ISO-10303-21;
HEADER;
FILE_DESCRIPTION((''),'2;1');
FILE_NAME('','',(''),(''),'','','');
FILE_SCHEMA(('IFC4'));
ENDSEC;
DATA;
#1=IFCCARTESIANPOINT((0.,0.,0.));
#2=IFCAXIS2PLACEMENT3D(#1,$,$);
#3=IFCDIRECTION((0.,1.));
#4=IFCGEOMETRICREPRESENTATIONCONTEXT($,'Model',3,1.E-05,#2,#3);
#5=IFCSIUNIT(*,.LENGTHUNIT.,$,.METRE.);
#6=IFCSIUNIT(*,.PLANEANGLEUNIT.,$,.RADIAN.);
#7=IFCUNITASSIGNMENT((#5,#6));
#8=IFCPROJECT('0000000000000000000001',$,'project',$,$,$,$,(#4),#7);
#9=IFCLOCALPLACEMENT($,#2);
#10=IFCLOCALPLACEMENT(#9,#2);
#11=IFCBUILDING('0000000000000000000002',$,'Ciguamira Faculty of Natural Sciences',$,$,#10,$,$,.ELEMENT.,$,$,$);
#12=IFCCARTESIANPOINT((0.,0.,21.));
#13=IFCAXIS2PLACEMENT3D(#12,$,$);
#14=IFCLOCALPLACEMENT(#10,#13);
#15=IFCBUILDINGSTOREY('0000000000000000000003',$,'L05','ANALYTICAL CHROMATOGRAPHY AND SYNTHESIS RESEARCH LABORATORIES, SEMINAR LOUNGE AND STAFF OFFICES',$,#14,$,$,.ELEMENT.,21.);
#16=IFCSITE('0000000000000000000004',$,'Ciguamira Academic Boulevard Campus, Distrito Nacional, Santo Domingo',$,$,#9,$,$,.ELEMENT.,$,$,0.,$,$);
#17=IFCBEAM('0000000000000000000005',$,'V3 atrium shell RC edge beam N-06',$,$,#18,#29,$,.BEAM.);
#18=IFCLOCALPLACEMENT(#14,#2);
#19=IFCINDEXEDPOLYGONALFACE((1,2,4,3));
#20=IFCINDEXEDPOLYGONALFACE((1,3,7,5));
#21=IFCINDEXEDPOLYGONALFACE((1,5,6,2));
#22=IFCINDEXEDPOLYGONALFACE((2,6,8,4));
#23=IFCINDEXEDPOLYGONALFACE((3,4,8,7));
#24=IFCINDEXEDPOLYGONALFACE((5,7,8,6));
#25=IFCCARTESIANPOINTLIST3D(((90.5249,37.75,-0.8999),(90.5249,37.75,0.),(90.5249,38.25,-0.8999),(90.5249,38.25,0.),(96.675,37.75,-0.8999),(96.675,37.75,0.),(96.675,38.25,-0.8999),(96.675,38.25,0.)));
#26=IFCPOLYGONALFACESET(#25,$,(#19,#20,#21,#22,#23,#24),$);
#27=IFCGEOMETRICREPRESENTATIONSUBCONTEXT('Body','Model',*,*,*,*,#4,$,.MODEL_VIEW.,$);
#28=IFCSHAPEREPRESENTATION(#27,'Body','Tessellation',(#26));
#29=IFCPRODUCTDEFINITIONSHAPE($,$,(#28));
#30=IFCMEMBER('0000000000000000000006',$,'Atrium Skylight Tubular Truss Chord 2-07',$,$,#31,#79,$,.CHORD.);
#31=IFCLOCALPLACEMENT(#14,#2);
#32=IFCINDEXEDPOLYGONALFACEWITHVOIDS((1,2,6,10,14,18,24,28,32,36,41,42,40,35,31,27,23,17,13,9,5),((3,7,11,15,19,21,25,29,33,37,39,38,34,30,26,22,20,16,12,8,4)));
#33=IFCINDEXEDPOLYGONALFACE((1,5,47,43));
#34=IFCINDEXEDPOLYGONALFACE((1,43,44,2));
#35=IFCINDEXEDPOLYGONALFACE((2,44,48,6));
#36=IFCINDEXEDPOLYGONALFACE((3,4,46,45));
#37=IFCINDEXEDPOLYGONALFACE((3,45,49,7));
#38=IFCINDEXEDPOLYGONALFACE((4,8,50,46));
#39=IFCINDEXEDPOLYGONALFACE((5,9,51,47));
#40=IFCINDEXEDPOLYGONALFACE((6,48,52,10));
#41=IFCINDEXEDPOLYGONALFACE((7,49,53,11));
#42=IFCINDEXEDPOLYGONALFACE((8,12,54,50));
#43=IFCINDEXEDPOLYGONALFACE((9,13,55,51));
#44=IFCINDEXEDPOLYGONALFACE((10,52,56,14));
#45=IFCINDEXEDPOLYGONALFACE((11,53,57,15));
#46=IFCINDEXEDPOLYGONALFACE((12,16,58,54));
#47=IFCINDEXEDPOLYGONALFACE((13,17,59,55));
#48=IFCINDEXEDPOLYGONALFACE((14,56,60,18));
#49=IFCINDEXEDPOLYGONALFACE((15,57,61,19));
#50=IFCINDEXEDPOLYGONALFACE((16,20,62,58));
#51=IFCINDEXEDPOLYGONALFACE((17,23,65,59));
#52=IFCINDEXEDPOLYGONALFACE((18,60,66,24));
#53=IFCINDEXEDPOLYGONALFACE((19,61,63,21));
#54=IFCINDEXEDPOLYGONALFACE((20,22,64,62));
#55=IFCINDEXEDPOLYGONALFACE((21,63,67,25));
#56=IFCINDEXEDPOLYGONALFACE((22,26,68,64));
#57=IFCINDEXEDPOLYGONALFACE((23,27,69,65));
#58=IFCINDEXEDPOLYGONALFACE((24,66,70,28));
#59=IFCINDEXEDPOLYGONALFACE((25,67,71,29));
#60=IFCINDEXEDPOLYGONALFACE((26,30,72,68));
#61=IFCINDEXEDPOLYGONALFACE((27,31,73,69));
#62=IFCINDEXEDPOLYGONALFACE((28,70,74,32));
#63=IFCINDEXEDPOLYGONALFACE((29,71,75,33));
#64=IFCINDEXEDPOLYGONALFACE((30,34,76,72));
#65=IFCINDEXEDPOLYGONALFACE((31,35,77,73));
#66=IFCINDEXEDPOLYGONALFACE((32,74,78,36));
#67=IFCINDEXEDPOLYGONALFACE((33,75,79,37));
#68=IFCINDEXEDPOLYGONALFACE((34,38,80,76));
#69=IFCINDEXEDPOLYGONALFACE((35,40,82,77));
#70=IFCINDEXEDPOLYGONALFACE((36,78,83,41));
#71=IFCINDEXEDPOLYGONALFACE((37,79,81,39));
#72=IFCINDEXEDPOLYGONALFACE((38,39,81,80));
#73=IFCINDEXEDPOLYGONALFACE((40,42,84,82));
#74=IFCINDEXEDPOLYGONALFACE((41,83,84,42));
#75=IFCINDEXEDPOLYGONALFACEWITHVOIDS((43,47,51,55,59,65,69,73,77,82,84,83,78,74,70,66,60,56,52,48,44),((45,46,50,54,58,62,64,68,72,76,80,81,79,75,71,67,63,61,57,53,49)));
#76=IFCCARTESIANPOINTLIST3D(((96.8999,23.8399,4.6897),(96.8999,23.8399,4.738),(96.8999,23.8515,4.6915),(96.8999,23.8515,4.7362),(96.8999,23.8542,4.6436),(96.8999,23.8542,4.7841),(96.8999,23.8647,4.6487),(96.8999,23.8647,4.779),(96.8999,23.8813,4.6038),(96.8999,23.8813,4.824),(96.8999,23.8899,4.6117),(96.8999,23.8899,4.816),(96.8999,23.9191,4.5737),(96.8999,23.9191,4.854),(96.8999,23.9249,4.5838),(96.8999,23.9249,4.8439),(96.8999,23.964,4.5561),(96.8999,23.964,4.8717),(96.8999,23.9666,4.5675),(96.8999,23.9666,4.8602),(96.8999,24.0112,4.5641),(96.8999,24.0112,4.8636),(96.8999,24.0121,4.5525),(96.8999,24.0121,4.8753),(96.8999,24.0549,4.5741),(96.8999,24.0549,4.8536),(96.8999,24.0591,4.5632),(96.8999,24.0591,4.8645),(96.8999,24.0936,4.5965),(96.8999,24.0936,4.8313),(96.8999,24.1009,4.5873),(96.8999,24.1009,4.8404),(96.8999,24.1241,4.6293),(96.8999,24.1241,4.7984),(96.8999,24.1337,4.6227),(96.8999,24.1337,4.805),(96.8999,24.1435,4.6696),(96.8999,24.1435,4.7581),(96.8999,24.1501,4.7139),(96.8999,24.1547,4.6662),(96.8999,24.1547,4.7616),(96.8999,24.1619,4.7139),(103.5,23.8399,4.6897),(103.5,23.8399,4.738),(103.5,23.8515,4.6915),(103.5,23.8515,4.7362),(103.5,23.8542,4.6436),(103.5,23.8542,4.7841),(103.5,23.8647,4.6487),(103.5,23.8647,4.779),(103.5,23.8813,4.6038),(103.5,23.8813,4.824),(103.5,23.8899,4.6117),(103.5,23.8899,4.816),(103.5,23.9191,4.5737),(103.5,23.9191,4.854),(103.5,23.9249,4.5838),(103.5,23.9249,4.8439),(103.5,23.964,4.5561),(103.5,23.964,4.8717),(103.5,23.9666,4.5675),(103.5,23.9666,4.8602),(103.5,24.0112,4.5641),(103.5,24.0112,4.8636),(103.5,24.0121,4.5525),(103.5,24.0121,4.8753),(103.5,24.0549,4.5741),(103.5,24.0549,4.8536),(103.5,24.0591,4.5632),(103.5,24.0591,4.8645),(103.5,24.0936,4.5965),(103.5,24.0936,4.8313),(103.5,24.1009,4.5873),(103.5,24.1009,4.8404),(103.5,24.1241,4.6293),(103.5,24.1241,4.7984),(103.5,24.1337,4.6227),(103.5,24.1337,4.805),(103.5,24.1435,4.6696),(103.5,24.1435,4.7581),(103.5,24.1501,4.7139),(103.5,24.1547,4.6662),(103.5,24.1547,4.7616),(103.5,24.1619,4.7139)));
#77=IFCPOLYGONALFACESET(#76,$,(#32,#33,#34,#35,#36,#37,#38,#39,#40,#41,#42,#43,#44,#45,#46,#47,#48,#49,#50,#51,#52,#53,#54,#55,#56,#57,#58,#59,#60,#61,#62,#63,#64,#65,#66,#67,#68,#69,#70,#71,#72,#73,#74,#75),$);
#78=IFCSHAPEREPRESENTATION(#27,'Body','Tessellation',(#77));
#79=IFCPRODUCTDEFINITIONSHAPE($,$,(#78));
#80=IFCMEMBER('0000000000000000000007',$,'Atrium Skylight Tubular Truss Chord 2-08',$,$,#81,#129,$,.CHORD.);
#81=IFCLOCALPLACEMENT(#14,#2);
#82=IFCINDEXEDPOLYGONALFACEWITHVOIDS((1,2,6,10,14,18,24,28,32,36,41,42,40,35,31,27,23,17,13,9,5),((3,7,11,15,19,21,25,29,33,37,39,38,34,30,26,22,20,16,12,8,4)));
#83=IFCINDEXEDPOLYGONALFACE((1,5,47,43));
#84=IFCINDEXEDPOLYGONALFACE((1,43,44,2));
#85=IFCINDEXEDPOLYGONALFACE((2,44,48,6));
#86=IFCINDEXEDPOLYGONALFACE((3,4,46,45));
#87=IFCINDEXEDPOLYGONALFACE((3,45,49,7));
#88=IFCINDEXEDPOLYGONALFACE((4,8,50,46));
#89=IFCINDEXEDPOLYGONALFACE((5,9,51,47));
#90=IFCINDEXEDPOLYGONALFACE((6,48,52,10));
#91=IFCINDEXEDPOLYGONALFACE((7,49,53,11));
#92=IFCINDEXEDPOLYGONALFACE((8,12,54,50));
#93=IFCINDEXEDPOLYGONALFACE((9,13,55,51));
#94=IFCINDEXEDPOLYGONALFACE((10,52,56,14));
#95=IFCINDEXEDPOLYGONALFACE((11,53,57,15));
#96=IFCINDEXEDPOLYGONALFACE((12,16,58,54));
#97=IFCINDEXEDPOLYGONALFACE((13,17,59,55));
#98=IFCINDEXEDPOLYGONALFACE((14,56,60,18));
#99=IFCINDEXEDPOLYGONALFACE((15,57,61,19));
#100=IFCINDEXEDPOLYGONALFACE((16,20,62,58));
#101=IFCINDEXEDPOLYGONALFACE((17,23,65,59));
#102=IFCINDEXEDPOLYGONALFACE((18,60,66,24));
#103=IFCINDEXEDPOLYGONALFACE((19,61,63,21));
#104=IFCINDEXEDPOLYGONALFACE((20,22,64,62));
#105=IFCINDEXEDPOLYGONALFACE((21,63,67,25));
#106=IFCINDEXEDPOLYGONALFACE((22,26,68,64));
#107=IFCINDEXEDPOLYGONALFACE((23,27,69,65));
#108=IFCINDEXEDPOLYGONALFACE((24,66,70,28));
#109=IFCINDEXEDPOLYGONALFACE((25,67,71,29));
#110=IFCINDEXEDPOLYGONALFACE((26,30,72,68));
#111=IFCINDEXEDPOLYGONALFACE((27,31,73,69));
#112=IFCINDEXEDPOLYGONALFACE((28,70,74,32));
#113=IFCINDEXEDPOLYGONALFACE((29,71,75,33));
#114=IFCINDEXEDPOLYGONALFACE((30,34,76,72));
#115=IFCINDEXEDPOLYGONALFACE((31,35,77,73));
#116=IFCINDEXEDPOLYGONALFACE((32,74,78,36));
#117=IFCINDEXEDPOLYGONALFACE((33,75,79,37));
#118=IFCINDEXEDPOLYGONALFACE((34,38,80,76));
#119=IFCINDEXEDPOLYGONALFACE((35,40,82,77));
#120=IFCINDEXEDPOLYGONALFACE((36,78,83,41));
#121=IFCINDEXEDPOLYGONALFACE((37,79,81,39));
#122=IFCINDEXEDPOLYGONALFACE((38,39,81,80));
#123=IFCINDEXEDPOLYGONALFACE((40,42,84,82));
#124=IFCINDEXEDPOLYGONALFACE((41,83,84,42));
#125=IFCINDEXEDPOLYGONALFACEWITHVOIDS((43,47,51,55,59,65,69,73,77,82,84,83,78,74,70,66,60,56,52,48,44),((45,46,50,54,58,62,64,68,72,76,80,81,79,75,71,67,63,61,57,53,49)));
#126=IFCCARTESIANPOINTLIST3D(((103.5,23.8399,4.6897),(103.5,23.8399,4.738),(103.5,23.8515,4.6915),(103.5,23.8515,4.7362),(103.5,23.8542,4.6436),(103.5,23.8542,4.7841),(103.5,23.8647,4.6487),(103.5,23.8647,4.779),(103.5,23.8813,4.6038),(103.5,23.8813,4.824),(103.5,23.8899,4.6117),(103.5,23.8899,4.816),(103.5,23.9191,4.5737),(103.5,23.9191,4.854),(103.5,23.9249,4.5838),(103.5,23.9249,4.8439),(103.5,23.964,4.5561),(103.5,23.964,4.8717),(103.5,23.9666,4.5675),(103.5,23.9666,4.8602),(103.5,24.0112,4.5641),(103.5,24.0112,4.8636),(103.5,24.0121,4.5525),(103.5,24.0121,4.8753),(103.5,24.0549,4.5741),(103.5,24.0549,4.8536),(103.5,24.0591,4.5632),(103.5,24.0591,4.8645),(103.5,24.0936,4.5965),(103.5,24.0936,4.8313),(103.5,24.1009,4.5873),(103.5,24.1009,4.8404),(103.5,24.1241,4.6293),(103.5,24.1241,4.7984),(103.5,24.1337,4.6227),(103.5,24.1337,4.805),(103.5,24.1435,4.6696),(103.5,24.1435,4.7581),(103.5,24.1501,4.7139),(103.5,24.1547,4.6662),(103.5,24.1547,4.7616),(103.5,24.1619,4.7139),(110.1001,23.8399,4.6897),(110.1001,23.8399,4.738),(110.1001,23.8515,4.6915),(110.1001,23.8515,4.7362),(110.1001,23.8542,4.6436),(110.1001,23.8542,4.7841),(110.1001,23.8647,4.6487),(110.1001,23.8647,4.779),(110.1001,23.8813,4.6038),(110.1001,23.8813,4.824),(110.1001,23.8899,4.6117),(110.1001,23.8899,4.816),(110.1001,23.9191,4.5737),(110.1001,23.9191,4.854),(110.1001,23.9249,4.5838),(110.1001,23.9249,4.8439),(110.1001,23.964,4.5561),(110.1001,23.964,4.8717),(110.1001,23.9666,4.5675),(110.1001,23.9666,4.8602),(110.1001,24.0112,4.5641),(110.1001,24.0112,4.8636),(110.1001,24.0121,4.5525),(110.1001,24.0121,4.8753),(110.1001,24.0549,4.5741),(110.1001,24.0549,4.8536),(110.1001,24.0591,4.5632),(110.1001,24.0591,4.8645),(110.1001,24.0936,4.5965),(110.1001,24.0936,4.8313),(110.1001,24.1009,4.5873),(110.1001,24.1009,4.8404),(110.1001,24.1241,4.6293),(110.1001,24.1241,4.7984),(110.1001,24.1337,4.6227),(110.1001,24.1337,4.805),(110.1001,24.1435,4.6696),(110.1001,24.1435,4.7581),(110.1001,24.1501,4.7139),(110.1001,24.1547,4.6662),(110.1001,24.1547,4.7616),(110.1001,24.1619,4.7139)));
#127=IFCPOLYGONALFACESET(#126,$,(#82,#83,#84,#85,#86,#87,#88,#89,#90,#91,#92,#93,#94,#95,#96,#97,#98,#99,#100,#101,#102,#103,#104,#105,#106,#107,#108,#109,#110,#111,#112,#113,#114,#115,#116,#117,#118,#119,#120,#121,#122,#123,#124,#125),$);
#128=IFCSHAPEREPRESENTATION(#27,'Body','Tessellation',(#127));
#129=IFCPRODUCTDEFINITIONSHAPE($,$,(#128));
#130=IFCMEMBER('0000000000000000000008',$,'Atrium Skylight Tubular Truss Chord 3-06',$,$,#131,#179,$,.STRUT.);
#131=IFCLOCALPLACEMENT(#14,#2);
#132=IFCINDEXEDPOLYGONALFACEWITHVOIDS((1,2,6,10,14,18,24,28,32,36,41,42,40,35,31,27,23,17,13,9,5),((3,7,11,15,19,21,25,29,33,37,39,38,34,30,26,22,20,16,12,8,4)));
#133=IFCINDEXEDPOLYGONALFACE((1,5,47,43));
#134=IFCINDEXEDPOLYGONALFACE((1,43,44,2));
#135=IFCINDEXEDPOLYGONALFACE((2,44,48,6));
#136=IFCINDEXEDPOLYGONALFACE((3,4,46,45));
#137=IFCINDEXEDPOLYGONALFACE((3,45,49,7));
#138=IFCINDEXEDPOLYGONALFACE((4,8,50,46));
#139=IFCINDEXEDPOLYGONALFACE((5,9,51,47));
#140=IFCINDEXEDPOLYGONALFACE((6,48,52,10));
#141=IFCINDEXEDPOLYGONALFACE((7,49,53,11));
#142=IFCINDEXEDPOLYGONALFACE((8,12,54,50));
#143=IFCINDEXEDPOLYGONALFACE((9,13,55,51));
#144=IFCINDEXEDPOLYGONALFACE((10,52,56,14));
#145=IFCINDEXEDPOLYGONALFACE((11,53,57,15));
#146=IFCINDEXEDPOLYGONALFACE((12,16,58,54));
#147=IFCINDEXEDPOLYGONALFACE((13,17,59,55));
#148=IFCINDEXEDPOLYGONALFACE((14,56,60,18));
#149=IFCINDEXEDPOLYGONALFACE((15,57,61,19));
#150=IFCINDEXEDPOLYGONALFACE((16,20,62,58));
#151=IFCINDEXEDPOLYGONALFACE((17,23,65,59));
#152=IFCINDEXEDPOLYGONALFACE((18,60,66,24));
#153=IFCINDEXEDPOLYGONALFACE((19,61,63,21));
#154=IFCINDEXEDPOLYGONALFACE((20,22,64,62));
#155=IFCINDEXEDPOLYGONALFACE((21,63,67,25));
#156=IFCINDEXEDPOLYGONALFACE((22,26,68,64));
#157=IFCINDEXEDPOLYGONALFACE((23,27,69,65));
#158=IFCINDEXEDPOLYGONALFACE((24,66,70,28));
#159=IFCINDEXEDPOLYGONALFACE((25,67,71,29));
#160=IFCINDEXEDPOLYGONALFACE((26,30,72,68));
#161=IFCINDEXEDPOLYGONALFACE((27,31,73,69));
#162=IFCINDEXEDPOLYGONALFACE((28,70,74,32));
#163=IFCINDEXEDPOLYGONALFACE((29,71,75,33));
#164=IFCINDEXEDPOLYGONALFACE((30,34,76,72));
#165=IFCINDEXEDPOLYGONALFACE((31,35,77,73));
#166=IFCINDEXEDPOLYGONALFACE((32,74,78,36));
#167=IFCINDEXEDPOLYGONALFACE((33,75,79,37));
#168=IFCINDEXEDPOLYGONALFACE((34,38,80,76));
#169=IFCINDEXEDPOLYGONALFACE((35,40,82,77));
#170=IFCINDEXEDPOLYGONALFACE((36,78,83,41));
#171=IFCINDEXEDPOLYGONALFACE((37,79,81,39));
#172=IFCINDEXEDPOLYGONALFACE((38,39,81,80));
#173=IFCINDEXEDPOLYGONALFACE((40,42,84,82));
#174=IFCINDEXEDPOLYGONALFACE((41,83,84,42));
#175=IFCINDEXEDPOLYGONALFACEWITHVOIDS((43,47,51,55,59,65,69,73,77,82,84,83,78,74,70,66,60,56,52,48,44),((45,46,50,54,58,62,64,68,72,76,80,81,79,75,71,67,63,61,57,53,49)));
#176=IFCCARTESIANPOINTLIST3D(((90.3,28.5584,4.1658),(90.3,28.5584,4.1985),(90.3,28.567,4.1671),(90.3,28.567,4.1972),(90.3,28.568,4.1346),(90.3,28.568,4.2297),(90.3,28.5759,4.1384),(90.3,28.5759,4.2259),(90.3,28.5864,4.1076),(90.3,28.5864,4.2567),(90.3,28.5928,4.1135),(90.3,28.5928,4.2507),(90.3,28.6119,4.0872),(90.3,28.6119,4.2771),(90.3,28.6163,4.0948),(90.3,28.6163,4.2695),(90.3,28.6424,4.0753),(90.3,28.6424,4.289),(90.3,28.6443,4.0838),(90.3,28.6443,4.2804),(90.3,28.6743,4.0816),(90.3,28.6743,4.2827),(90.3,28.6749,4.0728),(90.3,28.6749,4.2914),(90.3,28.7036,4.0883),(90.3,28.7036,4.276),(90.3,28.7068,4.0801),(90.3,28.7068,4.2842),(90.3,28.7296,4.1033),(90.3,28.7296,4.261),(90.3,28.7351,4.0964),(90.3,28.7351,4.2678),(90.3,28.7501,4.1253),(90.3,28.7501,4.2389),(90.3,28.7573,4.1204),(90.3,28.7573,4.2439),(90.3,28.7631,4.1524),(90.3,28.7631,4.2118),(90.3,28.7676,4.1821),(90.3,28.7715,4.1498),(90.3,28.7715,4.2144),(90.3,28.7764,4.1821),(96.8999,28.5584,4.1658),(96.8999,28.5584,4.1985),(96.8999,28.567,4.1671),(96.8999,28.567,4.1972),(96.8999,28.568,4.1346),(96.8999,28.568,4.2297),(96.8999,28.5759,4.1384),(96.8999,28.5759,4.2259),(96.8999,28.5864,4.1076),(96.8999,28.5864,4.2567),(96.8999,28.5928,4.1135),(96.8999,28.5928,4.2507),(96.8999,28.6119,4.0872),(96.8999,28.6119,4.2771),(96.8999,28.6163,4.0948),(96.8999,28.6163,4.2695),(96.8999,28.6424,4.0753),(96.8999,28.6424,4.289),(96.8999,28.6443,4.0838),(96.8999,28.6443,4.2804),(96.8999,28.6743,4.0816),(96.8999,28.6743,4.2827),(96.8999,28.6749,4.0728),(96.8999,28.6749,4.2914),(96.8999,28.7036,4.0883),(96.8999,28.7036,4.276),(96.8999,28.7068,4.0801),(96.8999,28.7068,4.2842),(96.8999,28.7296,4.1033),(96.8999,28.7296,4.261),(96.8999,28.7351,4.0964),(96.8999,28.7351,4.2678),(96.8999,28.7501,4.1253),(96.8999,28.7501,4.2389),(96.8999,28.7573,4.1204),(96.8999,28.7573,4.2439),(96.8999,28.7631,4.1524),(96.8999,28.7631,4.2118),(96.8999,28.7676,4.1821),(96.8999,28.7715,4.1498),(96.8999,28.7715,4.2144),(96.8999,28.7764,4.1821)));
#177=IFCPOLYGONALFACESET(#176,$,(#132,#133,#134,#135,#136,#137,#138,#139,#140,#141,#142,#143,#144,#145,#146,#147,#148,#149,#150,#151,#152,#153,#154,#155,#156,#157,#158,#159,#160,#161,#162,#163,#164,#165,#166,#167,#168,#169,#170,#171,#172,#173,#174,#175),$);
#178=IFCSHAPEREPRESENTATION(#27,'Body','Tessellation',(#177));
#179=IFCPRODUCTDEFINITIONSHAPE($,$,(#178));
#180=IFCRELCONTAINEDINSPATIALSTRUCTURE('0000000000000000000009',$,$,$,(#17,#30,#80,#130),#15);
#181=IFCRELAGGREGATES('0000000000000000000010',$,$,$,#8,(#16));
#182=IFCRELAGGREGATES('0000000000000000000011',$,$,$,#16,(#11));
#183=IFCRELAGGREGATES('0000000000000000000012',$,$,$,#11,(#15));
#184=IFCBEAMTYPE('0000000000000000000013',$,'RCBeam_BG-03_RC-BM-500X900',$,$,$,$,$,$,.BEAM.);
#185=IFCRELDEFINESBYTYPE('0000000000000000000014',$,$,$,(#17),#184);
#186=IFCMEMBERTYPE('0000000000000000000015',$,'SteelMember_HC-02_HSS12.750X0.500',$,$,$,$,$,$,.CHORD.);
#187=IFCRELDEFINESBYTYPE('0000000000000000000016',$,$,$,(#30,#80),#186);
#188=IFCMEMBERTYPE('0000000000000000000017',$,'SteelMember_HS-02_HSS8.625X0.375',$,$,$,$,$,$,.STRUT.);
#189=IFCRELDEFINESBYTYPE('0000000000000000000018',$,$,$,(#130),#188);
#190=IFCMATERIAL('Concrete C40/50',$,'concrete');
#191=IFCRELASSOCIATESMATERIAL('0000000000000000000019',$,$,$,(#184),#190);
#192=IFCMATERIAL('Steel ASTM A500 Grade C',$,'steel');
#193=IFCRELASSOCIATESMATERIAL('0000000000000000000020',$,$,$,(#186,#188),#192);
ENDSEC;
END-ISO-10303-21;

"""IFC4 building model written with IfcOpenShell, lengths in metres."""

from ifc_helpers import new_model, si_unit, direction, frame, origin, origin_2d, place, context, subcontext, project, spatial, rectangle, hollow_circle, extrude, material, material_profile, profile_set, type_object, element, save


model = new_model("IFC4")

# Units and contexts
model_context = context("Model", 3, precision=1e-05, world=origin(), true_north=direction((0.0, 1.0)))
body_context = subcontext(model_context, "Body", "Model", "MODEL_VIEW")
ifc_project = project(units=[si_unit("LENGTHUNIT", "METRE"), si_unit("PLANEANGLEUNIT", "RADIAN")], contexts=[model_context])

# Site, building, storey
site_placement = place(None, origin())
site = spatial("IfcSite", under=ifc_project, at=site_placement, Name="Ciguamira Academic Boulevard Campus, Distrito Nacional, Santo Domingo", CompositionType="ELEMENT", RefElevation=0.0)
building_placement = place(site_placement, origin())
building = spatial("IfcBuilding", under=site, at=building_placement, Name="Ciguamira Faculty of Natural Sciences", CompositionType="ELEMENT")
storey_placement = place(building_placement, frame((0.0, 0.0, 21.0)))
storey = spatial("IfcBuildingStorey", under=building, at=storey_placement, Name="L05", Description="ANALYTICAL CHROMATOGRAPHY AND SYNTHESIS RESEARCH LABORATORIES, SEMINAR LOUNGE AND STAFF OFFICES", CompositionType="ELEMENT", Elevation=21.0)

# Beam
ifc_material_1 = material(Name="Concrete C40/50", Category="concrete")
ifc_material_profile_1 = material_profile(ifc_material_1, rectangle(XDim=0.5, YDim=0.8999, at=origin_2d()), Name="RC-BM-500X900")
ifc_profile_set_1 = profile_set([ifc_material_profile_1], Name="Concrete C40/50")
beam_type = type_object("IfcBeamType", Name="RCBeam_BG-03_RC-BM-500X900", PredefinedType="BEAM", material=ifc_profile_set_1)
beam_placement = place(storey_placement, frame((90.5249, 38.0, -0.45), z_axis=(1.0, 0.0, 0.0), x_axis=(0.0, 1.0, 0.0)))
element("IfcBeam", 1, at=beam_placement, inside=storey, type_object=beam_type, Name="V3 atrium shell RC edge beam N-06", PredefinedType="BEAM", context=body_context, shape_type="SweptSolid", body=[
    extrude(rectangle(XDim=0.5, YDim=0.8999, at=origin_2d()), origin(), (0.0, 0.0, 1.0), 6.1501),
])

# Members
ifc_material_2 = material(Name="Steel ASTM A500 Grade C", Category="steel")
ifc_material_profile_2 = material_profile(ifc_material_2, hollow_circle(Radius=0.1619, WallThickness=0.0117, at=origin_2d()), Name="HSS12.750X0.500")
ifc_profile_set_2 = profile_set([ifc_material_profile_2], Name="Steel ASTM A500 Grade C")
member_type_1 = type_object("IfcMemberType", Name="SteelMember_HC-02_HSS12.750X0.500", PredefinedType="CHORD", material=ifc_profile_set_2)
for number, where, z_axis, x_axis, name in (
    (2, (96.8999, 24.0, 4.7139), (1.0, 0.0, 0.0), (0.0, 1.0, 0.0), "Atrium Skylight Tubular Truss Chord 2-07"),
    (3, (103.5, 24.0, 4.7139), (1.0, 0.0, 0.0), (0.0, 1.0, 0.0), "Atrium Skylight Tubular Truss Chord 2-08"),
):
    element("IfcMember", number, at=place(storey_placement, frame(where, z_axis=z_axis, x_axis=x_axis)), inside=storey, type_object=member_type_1, Name=name, PredefinedType="CHORD", context=body_context, shape_type="SweptSolid", body=[
        extrude(hollow_circle(Radius=0.1619, WallThickness=0.0117, at=origin_2d()), origin(), (0.0, 0.0, 1.0), 6.6001),
    ])
ifc_material_profile_3 = material_profile(ifc_material_2, hollow_circle(Radius=0.1096, WallThickness=0.0088, at=origin_2d()), Name="HSS8.625X0.375")
ifc_profile_set_3 = profile_set([ifc_material_profile_3], Name="Steel ASTM A500 Grade C")
member_type_2 = type_object("IfcMemberType", Name="SteelMember_HS-02_HSS8.625X0.375", PredefinedType="STRUT", material=ifc_profile_set_3)
member_1_placement = place(storey_placement, frame((90.3, 28.6667, 4.1821), z_axis=(1.0, 0.0, 0.0), x_axis=(0.0, 1.0, 0.0)))
element("IfcMember", 4, at=member_1_placement, inside=storey, type_object=member_type_2, Name="Atrium Skylight Tubular Truss Chord 3-06", PredefinedType="STRUT", context=body_context, shape_type="SweptSolid", body=[
    extrude(hollow_circle(Radius=0.1096, WallThickness=0.0088, at=origin_2d()), origin(), (0.0, 0.0, 1.0), 6.5999),
])

save(model, "model.ifc")
